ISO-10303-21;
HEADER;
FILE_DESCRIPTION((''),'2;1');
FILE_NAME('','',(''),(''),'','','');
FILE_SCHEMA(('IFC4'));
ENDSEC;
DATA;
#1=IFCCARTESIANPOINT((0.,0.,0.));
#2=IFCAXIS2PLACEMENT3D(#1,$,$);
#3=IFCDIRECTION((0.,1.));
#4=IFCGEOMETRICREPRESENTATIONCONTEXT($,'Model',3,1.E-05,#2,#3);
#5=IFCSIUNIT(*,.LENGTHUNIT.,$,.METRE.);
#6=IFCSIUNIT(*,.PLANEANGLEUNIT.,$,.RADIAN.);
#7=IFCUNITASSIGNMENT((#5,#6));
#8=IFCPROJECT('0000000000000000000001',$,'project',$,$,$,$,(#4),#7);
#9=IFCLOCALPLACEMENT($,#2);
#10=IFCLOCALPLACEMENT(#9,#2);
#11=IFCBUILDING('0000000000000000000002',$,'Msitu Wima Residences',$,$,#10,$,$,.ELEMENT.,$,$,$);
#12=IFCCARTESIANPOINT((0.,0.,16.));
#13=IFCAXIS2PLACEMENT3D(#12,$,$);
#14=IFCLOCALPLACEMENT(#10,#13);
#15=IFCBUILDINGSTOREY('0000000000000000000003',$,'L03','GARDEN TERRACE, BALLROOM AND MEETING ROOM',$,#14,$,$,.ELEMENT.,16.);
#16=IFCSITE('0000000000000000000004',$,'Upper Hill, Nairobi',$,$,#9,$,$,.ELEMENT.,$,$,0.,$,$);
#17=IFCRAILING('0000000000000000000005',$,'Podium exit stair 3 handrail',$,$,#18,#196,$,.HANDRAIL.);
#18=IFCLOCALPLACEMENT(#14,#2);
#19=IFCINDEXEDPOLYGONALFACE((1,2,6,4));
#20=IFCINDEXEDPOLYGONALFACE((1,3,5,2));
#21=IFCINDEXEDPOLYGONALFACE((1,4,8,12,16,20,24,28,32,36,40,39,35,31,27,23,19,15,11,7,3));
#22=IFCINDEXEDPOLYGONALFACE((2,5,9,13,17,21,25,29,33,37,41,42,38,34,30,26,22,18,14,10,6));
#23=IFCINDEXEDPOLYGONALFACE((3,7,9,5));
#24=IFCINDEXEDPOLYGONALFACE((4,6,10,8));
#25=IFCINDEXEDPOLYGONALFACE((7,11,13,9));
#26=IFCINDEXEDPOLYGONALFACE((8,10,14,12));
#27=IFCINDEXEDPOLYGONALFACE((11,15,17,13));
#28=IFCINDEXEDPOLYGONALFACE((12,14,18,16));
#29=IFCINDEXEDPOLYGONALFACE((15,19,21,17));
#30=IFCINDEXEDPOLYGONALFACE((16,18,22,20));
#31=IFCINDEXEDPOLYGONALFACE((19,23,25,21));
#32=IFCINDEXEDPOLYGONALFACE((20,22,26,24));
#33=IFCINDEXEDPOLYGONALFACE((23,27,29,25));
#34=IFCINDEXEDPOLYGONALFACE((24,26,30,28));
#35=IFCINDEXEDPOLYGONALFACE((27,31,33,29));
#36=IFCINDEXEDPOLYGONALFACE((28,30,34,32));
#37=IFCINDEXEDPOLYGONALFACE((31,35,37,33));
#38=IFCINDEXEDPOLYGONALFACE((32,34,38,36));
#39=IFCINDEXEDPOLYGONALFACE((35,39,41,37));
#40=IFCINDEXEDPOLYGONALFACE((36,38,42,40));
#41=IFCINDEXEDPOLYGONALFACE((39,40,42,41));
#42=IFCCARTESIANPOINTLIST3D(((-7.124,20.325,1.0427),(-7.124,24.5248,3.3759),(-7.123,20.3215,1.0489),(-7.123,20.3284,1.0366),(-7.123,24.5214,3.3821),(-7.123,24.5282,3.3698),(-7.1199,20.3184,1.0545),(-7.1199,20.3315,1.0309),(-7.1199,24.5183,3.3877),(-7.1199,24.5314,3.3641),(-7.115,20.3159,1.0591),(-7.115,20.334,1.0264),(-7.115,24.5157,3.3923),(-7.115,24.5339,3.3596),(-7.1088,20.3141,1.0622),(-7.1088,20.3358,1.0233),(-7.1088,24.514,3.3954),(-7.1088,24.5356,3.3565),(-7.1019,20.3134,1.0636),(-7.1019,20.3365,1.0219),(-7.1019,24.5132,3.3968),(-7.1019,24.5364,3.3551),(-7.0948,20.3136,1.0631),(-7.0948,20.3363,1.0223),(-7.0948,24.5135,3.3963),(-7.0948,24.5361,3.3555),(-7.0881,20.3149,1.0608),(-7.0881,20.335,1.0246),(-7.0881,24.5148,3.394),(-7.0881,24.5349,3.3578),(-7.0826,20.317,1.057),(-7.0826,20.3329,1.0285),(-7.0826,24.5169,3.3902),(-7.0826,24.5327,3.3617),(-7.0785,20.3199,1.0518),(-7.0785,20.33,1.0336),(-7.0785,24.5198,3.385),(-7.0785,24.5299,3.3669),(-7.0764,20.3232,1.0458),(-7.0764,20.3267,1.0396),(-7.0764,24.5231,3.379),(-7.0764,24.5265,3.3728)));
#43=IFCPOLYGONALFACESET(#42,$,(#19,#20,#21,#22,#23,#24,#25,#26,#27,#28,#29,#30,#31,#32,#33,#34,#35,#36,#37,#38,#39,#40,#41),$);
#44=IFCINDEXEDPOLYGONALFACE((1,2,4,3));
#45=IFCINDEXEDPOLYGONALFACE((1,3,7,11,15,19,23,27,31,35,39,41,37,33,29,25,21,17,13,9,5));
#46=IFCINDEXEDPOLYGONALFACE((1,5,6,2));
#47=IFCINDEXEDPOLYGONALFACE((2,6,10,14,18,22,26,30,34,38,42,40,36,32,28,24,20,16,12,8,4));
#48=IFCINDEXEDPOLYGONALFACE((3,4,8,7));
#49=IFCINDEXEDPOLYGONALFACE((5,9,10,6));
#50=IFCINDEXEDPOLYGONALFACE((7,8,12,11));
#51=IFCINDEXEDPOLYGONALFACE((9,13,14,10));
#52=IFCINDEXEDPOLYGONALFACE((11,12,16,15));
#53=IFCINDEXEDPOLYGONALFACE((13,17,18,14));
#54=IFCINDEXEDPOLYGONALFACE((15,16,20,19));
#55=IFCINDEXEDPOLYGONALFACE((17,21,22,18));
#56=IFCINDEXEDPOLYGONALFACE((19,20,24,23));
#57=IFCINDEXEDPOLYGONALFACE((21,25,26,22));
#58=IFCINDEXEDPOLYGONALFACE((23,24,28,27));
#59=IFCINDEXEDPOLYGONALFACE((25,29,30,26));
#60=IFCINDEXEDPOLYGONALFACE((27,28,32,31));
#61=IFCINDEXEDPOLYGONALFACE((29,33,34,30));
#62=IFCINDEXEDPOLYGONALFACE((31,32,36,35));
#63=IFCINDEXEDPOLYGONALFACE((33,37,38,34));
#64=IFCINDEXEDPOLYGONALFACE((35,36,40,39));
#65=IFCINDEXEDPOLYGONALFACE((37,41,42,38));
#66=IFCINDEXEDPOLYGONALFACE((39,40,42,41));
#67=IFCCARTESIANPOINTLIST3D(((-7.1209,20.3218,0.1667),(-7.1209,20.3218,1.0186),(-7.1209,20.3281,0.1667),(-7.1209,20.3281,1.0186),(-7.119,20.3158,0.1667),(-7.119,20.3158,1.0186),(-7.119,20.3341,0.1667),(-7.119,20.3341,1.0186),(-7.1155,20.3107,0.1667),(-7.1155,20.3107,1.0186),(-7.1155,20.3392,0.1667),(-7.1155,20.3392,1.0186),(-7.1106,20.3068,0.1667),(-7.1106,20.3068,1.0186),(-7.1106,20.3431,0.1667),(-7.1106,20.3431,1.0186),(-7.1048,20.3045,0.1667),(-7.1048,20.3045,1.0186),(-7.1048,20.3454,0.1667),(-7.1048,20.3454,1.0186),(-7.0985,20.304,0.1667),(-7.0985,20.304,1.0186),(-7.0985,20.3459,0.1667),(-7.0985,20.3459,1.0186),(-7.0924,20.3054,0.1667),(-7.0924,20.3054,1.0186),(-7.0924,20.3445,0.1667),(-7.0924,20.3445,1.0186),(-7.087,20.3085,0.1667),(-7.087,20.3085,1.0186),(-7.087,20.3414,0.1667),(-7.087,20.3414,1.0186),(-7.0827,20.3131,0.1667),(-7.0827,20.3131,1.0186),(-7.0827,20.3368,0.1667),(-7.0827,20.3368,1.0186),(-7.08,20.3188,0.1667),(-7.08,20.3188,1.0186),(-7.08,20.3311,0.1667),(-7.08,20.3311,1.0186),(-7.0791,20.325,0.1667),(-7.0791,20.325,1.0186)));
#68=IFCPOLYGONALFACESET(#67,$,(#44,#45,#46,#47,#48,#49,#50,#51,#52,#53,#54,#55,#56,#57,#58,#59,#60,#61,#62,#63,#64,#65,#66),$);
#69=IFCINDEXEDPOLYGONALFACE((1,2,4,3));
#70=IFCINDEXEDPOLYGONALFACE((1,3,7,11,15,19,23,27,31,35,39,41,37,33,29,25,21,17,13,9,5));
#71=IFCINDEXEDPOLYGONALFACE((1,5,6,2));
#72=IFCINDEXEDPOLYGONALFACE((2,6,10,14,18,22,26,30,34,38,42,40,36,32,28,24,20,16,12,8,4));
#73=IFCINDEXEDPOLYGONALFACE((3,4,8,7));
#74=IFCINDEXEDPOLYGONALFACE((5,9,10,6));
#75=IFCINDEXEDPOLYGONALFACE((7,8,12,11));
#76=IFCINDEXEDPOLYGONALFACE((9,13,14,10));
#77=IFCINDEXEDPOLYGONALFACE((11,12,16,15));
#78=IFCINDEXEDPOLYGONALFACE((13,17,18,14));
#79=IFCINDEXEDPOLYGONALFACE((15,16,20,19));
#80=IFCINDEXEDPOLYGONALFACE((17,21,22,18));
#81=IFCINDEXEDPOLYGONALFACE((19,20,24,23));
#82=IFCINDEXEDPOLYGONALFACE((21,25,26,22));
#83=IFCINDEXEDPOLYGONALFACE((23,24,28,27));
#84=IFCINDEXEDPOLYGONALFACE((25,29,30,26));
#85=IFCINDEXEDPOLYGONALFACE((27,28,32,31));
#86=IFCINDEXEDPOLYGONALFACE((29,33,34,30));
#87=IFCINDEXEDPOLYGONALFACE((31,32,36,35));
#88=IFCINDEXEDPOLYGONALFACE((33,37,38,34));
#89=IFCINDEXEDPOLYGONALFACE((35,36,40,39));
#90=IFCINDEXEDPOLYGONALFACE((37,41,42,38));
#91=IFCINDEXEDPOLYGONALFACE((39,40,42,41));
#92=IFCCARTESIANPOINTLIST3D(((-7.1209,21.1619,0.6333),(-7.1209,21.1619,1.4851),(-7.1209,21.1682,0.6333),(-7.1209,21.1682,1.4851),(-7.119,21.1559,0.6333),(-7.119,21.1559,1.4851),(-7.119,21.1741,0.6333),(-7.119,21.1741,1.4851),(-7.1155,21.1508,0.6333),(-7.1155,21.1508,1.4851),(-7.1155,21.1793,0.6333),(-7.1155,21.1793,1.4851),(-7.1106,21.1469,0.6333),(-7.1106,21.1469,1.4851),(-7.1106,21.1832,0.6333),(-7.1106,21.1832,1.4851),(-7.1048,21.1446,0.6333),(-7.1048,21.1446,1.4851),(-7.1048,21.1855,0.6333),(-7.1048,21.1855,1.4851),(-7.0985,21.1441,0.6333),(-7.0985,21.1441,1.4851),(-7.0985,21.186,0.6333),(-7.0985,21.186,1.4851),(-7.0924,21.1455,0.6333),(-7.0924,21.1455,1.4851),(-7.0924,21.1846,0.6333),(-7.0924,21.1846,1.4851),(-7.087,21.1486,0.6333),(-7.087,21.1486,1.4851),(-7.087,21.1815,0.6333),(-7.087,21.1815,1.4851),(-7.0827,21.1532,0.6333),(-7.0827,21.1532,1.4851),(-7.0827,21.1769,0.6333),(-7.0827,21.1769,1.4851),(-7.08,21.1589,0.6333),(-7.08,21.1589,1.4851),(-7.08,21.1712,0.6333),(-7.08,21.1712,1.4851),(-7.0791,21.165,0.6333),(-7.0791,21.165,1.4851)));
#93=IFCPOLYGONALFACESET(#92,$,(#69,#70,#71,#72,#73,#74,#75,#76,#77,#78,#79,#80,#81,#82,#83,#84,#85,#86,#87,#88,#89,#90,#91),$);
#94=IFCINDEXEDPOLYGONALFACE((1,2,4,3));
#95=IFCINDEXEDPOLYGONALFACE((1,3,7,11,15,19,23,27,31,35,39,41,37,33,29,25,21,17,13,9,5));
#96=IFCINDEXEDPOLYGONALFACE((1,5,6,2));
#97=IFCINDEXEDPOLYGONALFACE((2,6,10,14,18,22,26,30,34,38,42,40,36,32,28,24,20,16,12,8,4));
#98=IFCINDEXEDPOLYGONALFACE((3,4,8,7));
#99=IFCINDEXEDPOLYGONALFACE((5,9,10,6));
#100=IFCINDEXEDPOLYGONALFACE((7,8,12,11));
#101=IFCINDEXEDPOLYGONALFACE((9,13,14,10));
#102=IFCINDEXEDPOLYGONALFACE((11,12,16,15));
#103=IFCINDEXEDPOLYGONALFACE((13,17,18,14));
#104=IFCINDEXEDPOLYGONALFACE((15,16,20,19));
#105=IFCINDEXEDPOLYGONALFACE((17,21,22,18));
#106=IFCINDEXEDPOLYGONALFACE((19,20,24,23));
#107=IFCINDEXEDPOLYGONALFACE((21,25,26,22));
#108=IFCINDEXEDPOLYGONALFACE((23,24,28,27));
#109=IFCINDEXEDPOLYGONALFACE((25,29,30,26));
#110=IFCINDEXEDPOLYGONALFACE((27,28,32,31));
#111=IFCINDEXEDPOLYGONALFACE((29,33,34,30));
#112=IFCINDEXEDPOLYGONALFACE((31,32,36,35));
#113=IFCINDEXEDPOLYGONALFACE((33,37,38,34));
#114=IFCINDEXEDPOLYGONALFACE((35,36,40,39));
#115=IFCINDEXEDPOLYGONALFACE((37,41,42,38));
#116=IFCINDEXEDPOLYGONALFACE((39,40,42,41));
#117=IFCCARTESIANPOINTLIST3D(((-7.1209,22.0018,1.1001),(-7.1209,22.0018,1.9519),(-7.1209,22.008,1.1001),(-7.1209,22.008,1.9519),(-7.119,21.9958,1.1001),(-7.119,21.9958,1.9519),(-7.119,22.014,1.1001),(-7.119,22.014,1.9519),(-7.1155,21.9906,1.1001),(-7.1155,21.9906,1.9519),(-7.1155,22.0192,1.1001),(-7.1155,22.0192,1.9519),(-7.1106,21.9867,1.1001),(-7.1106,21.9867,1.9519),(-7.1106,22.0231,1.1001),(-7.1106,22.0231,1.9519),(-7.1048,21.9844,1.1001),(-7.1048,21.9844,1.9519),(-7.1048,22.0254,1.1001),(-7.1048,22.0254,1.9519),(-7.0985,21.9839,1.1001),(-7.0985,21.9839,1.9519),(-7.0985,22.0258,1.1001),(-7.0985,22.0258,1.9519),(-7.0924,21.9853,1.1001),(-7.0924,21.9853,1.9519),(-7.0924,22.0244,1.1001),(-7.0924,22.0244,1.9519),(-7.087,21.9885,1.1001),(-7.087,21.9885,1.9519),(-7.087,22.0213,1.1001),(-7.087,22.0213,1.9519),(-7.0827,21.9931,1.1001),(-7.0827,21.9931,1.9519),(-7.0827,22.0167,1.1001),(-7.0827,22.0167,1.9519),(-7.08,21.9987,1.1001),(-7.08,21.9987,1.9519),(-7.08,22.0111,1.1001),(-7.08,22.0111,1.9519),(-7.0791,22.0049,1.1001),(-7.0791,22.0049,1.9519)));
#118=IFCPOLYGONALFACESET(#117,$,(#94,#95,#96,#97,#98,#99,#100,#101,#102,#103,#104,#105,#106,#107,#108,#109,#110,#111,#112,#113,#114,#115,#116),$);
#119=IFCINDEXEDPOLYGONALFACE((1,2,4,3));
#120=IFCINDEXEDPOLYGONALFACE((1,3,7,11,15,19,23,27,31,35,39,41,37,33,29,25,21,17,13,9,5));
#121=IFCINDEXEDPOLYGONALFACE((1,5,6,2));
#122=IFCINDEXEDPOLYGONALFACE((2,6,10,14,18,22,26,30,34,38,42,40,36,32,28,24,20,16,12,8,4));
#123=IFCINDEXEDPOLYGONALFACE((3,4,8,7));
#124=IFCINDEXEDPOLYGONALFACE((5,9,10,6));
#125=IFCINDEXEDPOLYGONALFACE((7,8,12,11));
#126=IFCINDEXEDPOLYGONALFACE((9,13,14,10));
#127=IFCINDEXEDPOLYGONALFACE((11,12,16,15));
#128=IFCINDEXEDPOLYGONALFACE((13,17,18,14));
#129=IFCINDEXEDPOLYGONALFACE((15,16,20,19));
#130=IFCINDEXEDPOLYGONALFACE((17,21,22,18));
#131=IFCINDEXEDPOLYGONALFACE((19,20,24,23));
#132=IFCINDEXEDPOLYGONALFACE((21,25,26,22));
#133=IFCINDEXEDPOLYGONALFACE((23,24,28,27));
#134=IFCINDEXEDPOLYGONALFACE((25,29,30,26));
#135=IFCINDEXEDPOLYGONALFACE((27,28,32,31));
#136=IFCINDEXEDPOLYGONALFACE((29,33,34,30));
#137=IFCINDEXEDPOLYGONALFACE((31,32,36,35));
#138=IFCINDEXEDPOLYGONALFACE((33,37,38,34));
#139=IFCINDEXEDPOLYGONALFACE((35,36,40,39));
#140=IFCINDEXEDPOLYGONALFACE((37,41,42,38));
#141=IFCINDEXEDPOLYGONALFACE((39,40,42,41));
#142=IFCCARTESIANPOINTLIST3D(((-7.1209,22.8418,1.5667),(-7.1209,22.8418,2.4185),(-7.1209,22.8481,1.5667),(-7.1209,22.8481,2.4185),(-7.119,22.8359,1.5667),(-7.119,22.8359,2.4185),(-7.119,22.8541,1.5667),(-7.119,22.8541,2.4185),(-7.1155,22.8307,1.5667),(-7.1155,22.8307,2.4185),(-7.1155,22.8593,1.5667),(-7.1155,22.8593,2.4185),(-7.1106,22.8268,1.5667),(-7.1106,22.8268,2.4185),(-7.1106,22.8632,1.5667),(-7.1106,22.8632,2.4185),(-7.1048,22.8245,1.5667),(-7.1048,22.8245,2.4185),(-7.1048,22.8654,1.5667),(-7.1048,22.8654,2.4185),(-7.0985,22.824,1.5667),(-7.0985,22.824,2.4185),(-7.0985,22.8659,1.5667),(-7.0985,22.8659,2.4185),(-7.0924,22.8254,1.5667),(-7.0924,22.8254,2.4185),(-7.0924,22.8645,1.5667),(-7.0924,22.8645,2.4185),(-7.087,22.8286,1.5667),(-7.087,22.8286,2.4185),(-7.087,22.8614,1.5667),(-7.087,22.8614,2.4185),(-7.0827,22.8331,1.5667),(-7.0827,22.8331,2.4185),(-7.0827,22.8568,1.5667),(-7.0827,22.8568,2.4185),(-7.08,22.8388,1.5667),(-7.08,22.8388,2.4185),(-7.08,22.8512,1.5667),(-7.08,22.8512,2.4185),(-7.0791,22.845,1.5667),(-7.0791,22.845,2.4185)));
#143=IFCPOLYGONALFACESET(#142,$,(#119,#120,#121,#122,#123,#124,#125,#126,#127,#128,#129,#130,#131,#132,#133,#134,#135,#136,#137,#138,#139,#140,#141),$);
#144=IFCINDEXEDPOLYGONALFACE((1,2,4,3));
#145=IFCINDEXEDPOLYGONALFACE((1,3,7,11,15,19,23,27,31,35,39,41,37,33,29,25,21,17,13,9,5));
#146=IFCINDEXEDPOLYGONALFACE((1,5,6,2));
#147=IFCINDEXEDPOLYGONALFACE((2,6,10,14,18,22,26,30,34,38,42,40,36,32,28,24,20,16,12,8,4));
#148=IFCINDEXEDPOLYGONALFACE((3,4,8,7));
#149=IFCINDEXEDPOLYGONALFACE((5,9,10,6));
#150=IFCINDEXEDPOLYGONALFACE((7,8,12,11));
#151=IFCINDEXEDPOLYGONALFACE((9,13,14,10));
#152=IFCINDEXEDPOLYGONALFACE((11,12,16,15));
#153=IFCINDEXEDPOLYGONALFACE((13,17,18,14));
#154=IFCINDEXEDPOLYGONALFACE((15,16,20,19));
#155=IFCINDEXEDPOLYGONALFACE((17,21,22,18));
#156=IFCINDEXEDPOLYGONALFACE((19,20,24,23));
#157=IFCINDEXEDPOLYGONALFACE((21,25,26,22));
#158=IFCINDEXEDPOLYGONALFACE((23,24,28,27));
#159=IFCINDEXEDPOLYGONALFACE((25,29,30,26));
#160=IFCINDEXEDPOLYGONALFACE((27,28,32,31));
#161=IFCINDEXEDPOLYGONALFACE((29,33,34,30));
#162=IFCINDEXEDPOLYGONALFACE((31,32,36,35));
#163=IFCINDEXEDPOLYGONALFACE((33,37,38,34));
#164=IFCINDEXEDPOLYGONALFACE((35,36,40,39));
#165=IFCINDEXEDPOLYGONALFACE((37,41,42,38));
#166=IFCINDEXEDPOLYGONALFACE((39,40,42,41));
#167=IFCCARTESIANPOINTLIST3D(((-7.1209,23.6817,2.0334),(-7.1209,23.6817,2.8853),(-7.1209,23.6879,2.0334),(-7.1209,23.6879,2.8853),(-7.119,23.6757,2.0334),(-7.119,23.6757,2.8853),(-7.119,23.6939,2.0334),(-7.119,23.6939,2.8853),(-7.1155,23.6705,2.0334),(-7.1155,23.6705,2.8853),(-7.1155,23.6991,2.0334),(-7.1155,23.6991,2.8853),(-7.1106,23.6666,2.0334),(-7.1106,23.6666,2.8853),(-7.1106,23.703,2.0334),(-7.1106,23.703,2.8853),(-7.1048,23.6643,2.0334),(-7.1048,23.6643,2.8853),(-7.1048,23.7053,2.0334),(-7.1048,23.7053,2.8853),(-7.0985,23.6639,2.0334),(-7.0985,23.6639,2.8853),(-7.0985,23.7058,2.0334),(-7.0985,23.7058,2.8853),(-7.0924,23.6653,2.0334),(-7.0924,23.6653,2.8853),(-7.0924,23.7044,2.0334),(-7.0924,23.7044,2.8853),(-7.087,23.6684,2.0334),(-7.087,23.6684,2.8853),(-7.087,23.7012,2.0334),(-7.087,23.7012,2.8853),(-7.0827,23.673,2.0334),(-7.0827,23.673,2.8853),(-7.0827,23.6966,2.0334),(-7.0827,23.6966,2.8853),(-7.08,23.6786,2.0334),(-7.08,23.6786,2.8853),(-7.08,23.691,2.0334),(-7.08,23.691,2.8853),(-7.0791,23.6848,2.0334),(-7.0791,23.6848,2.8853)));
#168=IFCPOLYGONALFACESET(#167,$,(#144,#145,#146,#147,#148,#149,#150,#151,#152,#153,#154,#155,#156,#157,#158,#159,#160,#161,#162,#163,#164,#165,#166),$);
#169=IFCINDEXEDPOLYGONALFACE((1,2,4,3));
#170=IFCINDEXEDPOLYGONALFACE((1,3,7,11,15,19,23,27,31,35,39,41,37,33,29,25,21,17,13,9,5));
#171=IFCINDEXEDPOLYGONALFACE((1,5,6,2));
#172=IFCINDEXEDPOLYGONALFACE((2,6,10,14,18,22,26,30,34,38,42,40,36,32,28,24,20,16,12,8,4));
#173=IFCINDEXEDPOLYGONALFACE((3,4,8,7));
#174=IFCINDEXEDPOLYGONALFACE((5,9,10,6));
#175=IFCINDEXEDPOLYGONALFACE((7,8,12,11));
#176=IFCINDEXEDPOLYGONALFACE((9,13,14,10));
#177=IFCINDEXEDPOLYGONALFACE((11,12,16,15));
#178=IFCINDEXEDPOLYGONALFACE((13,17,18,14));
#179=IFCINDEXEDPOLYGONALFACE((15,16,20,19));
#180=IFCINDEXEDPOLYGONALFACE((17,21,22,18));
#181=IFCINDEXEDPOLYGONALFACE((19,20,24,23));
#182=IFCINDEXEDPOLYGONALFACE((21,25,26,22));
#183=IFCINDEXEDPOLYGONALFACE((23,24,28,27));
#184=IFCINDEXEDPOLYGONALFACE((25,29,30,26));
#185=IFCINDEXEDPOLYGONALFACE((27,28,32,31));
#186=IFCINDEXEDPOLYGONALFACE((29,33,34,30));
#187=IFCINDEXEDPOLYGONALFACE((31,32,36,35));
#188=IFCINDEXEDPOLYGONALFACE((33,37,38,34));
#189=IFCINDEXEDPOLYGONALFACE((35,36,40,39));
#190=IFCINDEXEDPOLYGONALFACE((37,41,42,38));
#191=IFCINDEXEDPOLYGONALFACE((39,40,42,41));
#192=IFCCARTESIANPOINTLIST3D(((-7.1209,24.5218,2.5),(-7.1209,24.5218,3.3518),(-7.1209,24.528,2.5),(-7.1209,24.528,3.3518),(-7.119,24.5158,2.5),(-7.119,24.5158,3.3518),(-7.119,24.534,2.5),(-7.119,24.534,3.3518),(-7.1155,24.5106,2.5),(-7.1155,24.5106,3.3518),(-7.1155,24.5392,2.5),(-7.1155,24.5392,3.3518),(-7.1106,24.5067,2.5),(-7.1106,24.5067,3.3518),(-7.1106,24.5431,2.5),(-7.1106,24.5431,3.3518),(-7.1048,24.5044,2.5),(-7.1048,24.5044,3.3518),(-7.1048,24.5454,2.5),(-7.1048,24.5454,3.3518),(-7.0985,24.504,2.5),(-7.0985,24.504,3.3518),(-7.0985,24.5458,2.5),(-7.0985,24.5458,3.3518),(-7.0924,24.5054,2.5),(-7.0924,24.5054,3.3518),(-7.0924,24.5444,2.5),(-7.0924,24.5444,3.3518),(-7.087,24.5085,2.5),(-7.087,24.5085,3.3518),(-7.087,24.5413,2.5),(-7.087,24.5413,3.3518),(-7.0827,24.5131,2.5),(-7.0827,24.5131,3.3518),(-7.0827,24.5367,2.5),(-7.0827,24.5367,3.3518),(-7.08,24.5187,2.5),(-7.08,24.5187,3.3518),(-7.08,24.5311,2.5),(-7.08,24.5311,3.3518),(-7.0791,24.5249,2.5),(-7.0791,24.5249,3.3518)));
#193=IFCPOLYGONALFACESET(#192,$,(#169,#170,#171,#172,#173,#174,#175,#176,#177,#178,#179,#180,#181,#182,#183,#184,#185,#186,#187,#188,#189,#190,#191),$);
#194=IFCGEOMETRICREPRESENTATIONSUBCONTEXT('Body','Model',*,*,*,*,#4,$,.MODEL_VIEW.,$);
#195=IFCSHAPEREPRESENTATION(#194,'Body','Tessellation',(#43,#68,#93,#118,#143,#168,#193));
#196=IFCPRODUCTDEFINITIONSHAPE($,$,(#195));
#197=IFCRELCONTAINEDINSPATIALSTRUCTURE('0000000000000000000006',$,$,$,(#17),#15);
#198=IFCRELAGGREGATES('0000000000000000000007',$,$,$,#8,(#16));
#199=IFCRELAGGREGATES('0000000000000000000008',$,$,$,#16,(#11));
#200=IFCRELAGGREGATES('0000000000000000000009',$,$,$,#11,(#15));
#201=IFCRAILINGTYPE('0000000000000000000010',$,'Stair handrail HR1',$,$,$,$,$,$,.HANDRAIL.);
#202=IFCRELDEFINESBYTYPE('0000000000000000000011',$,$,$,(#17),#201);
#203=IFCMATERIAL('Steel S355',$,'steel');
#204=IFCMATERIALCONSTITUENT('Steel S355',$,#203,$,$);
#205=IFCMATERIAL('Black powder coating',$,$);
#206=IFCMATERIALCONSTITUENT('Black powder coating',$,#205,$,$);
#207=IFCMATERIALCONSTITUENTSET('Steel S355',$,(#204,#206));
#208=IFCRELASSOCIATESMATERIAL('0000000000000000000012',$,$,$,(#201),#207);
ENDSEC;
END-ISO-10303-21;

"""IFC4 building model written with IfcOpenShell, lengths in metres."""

from ifc_helpers import new_model, si_unit, direction, frame, origin, origin_2d, place, context, subcontext, project, spatial, circle, extrude, material, constituent, constituent_set, type_object, element, save


model = new_model("IFC4")

# Units and contexts
model_context = context("Model", 3, precision=1e-05, world=origin(), true_north=direction((0.0, 1.0)))
body_context = subcontext(model_context, "Body", "Model", "MODEL_VIEW")
ifc_project = project(units=[si_unit("LENGTHUNIT", "METRE"), si_unit("PLANEANGLEUNIT", "RADIAN")], contexts=[model_context])

# Site, building, storey
site_placement = place(None, origin())
site = spatial("IfcSite", under=ifc_project, at=site_placement, Name="Upper Hill, Nairobi", CompositionType="ELEMENT", RefElevation=0.0)
building_placement = place(site_placement, origin())
building = spatial("IfcBuilding", under=site, at=building_placement, Name="Msitu Wima Residences", CompositionType="ELEMENT")
storey_placement = place(building_placement, frame((0.0, 0.0, 16.0)))
storey = spatial("IfcBuildingStorey", under=building, at=storey_placement, Name="L03", Description="GARDEN TERRACE, BALLROOM AND MEETING ROOM", CompositionType="ELEMENT", Elevation=16.0)

# Railing
ifc_material_1 = material(Name="Steel S355", Category="steel")
ifc_constituent_1 = constituent(ifc_material_1, Name="Steel S355")
ifc_material_2 = material(Name="Black powder coating")
ifc_constituent_2 = constituent(ifc_material_2, Name="Black powder coating")
ifc_constituent_set = constituent_set(constituents=[ifc_constituent_1, ifc_constituent_2], Name="Steel S355")
railing_type = type_object("IfcRailingType", Name="Stair handrail HR1", PredefinedType="HANDRAIL", material=ifc_constituent_set)
for number, where, name in (
    (1, (-7.1001, 20.325, 0.1667), "Podium exit stair 3 handrail"),
):
    element("IfcRailing", number, at=place(storey_placement, frame(where)), inside=storey, type_object=railing_type, Name=name, PredefinedType="HANDRAIL", context=body_context, shape_type="SweptSolid", body=[
        extrude(circle(Radius=0.0239, at=origin_2d()), frame((0.0, 0.0, 0.876), z_axis=(0.0, 0.874162, 0.485634), x_axis=(-1.0, 0.0, 0.0)), (0.0, 0.0, 1.0), 4.8044),
        extrude(circle(Radius=0.021, at=origin_2d()), origin(), (0.0, 0.0, 1.0), 0.8518),
        extrude(circle(Radius=0.021, at=origin_2d()), frame((0.0, 0.8401, 0.4666)), (0.0, 0.0, 1.0), 0.8518),
        extrude(circle(Radius=0.021, at=origin_2d()), frame((0.0, 1.6799, 0.9333)), (0.0, 0.0, 1.0), 0.8518),
        extrude(circle(Radius=0.021, at=origin_2d()), frame((0.0, 2.52, 1.3999)), (0.0, 0.0, 1.0), 0.8518),
        extrude(circle(Radius=0.021, at=origin_2d()), frame((0.0, 3.3599, 1.8667)), (0.0, 0.0, 1.0), 0.8518),
        extrude(circle(Radius=0.021, at=origin_2d()), frame((0.0, 4.2, 2.3333)), (0.0, 0.0, 1.0), 0.8518),
    ])

save(model, "model.ifc")
